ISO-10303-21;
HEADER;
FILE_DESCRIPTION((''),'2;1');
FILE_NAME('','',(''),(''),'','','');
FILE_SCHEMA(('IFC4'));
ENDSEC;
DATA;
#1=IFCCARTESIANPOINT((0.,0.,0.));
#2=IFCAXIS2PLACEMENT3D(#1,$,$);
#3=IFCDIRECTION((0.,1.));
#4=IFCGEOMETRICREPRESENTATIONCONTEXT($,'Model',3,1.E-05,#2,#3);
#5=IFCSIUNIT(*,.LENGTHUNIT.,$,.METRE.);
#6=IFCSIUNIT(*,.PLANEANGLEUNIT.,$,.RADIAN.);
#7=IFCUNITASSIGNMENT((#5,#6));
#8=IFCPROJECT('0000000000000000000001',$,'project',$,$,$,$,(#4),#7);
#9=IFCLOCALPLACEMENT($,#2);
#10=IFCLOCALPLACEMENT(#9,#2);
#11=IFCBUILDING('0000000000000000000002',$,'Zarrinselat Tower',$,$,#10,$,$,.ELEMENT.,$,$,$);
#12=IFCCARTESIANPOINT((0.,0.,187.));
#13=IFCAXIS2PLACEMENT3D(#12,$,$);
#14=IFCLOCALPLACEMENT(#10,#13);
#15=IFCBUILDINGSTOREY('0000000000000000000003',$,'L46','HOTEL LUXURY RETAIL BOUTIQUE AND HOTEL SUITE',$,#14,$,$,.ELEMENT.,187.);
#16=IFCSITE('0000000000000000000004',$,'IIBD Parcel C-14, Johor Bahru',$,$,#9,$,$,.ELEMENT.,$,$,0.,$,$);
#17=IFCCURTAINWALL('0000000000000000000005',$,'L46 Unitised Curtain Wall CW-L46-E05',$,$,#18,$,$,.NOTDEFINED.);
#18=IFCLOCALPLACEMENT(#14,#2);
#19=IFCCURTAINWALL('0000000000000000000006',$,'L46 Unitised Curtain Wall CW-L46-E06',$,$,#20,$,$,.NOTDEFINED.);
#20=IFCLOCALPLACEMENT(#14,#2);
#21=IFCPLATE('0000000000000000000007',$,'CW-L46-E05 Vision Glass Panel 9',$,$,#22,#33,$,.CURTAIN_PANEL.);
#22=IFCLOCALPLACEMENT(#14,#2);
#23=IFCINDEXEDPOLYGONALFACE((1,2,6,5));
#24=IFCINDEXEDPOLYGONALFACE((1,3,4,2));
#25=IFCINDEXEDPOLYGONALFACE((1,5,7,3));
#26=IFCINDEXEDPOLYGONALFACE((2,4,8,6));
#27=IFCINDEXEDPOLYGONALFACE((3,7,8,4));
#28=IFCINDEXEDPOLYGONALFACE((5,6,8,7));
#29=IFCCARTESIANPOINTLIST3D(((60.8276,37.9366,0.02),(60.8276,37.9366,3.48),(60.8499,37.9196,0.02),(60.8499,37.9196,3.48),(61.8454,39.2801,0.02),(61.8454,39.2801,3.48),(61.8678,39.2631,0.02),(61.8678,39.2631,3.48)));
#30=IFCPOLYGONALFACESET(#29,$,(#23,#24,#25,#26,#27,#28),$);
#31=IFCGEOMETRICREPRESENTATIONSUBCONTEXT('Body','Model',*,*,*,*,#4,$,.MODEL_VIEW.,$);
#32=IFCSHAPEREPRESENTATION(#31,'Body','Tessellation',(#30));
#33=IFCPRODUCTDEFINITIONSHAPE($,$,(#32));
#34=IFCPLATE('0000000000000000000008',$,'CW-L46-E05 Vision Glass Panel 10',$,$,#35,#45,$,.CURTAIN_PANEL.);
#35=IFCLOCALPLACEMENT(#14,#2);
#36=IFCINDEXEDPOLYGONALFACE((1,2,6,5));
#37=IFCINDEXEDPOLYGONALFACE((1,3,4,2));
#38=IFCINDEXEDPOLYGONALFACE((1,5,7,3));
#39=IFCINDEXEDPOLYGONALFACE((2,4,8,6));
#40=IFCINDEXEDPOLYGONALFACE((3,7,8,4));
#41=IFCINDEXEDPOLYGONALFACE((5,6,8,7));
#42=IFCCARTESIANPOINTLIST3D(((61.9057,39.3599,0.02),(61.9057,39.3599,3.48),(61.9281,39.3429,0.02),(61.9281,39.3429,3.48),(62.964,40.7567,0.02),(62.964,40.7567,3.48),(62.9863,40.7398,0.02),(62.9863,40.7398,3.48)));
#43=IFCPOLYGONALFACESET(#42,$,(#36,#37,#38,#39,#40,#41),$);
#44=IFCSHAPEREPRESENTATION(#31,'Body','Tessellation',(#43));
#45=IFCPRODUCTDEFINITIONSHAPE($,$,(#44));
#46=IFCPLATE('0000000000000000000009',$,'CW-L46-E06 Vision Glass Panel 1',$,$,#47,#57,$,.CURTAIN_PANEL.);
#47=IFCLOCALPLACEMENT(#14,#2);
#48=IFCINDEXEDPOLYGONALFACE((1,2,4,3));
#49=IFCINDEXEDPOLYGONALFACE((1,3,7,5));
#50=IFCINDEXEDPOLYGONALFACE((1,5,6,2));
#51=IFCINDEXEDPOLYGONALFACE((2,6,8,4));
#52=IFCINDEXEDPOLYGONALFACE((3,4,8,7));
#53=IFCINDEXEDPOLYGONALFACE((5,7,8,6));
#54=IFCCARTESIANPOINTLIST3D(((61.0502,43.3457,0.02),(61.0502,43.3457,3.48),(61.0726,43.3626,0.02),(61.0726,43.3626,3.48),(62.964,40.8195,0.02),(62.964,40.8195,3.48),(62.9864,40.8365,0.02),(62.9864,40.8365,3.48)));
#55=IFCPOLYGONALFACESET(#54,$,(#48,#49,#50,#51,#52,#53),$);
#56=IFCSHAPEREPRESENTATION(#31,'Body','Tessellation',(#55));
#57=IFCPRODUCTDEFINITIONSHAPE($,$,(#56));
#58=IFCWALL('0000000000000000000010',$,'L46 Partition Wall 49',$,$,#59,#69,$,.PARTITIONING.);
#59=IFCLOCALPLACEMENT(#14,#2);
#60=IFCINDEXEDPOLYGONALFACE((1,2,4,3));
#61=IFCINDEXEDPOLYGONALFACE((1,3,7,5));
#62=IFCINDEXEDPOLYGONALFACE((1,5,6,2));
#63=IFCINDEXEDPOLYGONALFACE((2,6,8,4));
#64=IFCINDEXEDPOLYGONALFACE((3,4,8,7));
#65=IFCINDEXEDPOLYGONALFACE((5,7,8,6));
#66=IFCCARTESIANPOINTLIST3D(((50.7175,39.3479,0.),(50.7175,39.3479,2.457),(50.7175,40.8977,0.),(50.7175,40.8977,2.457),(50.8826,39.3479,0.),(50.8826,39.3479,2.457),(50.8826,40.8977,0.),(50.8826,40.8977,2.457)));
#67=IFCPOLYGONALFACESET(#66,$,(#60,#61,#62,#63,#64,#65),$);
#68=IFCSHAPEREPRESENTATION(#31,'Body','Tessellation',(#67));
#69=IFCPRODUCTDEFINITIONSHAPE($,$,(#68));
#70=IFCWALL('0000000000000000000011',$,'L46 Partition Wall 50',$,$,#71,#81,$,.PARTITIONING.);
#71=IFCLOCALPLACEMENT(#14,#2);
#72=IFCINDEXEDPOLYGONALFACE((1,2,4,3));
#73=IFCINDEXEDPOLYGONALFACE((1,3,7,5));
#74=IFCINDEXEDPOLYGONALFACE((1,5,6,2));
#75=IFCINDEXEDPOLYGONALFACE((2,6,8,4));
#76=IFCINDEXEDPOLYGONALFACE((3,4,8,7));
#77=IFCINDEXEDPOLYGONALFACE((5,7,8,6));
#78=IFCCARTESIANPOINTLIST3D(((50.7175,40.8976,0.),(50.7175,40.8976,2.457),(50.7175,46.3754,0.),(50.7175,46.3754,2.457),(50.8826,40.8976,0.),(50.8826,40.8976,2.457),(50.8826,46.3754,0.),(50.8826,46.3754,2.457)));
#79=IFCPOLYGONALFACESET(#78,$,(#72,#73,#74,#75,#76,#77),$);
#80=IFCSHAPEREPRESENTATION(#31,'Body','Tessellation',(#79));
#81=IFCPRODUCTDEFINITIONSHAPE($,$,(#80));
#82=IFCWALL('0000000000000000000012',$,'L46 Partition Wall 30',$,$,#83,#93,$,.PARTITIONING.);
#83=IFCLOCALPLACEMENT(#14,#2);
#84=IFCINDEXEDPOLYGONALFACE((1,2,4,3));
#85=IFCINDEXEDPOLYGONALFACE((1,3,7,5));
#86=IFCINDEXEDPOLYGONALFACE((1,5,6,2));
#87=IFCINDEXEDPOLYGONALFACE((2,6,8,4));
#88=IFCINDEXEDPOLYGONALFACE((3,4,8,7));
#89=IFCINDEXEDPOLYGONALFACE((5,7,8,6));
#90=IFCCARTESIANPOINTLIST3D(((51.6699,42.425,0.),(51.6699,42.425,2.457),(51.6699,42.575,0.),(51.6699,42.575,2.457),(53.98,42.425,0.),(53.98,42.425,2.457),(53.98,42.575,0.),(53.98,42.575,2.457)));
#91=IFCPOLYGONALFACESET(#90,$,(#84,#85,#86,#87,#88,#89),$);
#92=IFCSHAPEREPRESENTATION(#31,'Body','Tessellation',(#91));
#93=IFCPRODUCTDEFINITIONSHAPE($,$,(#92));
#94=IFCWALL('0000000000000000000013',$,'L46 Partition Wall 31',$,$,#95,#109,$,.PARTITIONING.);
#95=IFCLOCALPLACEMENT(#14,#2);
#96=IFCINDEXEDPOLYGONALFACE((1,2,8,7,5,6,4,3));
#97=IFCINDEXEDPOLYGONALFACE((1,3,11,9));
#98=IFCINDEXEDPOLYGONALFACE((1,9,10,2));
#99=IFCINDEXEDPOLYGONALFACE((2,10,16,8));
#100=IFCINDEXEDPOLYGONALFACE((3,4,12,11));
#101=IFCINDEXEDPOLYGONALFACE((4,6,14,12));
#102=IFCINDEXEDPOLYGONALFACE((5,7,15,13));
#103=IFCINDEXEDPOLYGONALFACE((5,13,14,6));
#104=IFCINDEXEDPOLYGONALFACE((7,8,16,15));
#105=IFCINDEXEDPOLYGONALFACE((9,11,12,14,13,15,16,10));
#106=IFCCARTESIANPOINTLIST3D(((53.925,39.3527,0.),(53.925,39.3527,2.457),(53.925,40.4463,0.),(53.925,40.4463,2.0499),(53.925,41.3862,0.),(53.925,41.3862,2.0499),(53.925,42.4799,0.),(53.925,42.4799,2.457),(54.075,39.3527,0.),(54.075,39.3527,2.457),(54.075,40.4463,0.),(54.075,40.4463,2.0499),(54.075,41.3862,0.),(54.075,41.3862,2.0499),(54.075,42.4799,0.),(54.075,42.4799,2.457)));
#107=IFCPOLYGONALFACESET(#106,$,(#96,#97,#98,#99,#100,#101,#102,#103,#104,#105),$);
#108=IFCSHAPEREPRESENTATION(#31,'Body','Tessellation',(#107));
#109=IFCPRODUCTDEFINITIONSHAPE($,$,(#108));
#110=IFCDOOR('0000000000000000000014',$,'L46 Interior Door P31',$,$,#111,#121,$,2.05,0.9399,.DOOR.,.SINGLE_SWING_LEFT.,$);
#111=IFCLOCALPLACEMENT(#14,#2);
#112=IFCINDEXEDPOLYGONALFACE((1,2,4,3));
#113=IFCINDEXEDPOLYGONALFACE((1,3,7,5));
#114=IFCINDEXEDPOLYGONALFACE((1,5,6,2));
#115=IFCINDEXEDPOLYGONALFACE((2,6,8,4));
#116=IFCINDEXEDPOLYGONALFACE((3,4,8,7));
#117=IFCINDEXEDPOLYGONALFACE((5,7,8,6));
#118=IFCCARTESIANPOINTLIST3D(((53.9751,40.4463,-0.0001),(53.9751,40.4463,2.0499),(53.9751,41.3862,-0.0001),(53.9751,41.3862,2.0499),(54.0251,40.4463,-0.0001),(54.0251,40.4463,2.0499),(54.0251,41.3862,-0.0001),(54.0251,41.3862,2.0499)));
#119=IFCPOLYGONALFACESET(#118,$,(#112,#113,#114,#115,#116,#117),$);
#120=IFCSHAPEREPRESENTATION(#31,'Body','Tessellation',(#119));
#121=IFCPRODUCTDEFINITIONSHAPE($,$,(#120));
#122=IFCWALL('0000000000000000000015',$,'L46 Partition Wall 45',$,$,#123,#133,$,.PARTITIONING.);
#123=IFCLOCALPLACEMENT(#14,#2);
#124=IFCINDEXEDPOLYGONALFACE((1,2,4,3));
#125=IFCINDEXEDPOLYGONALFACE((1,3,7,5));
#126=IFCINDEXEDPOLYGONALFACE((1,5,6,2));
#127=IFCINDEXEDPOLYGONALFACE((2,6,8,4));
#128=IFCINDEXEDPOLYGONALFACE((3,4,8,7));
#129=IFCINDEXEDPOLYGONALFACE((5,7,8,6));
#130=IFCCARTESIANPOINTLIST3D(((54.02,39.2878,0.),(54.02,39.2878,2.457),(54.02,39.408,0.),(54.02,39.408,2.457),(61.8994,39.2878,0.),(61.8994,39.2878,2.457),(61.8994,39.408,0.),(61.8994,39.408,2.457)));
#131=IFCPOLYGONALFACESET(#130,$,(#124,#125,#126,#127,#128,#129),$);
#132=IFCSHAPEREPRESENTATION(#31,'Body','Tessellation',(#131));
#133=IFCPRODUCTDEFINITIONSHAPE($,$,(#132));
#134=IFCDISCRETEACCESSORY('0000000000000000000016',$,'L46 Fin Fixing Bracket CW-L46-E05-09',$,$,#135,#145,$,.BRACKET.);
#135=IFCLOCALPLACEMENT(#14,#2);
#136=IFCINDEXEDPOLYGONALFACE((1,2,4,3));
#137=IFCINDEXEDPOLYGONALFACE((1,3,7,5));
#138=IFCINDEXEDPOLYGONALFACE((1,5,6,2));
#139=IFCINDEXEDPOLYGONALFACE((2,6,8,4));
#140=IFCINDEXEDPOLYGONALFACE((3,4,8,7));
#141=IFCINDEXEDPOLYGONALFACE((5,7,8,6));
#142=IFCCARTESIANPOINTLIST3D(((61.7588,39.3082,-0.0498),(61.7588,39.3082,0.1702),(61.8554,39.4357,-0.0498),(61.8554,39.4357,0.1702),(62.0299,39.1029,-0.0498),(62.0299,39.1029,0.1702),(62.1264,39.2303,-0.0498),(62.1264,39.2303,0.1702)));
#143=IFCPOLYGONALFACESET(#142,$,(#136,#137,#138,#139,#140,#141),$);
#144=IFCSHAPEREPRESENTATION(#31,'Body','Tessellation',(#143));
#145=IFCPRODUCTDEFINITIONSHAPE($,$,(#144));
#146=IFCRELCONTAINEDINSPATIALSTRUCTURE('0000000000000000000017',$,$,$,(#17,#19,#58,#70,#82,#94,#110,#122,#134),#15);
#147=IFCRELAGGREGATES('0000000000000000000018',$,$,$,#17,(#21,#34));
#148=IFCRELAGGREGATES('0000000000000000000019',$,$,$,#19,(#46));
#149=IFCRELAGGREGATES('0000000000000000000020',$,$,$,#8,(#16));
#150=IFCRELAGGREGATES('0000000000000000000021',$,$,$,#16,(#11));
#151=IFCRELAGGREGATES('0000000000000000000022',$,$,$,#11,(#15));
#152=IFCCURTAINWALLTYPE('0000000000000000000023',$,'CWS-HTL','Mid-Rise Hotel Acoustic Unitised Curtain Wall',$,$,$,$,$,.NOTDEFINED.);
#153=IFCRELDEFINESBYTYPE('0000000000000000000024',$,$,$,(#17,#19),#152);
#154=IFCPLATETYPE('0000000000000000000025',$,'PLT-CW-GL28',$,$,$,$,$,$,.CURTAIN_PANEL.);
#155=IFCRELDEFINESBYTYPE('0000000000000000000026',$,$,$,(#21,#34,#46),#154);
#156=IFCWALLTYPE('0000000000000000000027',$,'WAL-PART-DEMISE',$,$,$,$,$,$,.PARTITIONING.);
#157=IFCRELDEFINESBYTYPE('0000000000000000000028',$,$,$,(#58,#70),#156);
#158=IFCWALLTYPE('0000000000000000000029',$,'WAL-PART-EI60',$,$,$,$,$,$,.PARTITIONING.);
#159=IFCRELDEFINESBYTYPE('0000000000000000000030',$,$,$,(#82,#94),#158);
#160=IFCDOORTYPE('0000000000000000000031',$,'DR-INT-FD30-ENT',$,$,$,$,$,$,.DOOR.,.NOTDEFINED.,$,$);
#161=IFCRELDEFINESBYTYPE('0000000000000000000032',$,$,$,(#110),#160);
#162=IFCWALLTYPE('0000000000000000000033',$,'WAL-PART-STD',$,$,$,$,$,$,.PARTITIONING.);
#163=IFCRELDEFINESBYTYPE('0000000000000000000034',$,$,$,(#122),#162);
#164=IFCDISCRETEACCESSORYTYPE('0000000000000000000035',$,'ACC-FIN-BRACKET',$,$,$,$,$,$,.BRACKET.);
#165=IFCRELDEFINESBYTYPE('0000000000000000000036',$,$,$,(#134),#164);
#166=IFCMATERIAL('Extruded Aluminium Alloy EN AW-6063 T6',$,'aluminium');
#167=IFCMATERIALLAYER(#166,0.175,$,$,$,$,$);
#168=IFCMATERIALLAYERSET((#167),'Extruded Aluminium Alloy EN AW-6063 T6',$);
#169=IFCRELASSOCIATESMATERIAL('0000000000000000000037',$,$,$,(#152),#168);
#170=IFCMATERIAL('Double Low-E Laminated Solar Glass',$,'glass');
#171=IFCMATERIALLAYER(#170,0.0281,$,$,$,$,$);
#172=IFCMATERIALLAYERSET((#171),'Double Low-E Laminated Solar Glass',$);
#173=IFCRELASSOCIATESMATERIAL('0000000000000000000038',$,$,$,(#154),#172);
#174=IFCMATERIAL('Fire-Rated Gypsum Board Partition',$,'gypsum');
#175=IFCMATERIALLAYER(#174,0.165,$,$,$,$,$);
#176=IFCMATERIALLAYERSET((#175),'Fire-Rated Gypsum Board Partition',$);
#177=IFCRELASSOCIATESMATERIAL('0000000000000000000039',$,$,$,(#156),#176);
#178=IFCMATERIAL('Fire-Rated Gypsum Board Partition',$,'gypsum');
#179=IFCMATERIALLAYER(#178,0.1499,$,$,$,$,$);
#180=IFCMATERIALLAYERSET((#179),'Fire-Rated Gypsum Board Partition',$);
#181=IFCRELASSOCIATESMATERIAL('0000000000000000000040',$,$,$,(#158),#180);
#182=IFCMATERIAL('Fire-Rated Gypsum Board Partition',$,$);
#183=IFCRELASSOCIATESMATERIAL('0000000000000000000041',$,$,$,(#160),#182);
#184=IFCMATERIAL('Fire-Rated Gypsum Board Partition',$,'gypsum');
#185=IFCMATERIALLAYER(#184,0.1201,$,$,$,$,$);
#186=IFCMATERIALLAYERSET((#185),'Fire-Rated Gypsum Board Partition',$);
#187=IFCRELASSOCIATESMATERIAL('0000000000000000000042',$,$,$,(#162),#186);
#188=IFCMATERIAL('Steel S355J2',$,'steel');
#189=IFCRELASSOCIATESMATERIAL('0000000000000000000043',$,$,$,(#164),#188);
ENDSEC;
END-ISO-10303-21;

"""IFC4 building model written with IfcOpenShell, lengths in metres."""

from ifc_helpers import new_model, si_unit, direction, frame, frame_2d, origin, origin_2d, place, context, subcontext, project, spatial, rectangle, extrude, material, layer, layer_set, type_object, element, fill, aggregate, save


model = new_model("IFC4")

# Units and contexts
model_context = context("Model", 3, precision=1e-05, world=origin(), true_north=direction((0.0, 1.0)))
body_context = subcontext(model_context, "Body", "Model", "MODEL_VIEW")
ifc_project = project(units=[si_unit("LENGTHUNIT", "METRE"), si_unit("PLANEANGLEUNIT", "RADIAN")], contexts=[model_context])

# Site, building, storey
site_placement = place(None, origin())
site = spatial("IfcSite", under=ifc_project, at=site_placement, Name="IIBD Parcel C-14, Johor Bahru", CompositionType="ELEMENT", RefElevation=0.0)
building_placement = place(site_placement, origin())
building = spatial("IfcBuilding", under=site, at=building_placement, Name="Zarrinselat Tower", CompositionType="ELEMENT")
storey_placement = place(building_placement, frame((0.0, 0.0, 187.0)))
storey = spatial("IfcBuildingStorey", under=building, at=storey_placement, Name="L46", Description="HOTEL LUXURY RETAIL BOUTIQUE AND HOTEL SUITE", CompositionType="ELEMENT", Elevation=187.0)

# Curtain wall
ifc_material_1 = material(Name="Extruded Aluminium Alloy EN AW-6063 T6", Category="aluminium")
ifc_layer_1 = layer(ifc_material_1, 0.175)
ifc_layer_set_1 = layer_set([ifc_layer_1], Name="Extruded Aluminium Alloy EN AW-6063 T6")
curtain_wall_type = type_object("IfcCurtainWallType", Name="CWS-HTL", Description="Mid-Rise Hotel Acoustic Unitised Curtain Wall", PredefinedType="NOTDEFINED", material=ifc_layer_set_1)
curtain_wall_1_placement = place(storey_placement, origin())
curtain_wall_1 = element("IfcCurtainWall", 1, at=curtain_wall_1_placement, inside=storey, type_object=curtain_wall_type, Name="L46 Unitised Curtain Wall CW-L46-E05", PredefinedType="NOTDEFINED")

# Curtain wall
curtain_wall_2_placement = place(storey_placement, origin())
curtain_wall_2 = element("IfcCurtainWall", 2, at=curtain_wall_2_placement, inside=storey, type_object=curtain_wall_type, Name="L46 Unitised Curtain Wall CW-L46-E06", PredefinedType="NOTDEFINED")

# Plates
ifc_material_2 = material(Name="Double Low-E Laminated Solar Glass", Category="glass")
ifc_layer_2 = layer(ifc_material_2, 0.0281)
ifc_layer_set_2 = layer_set([ifc_layer_2], Name="Double Low-E Laminated Solar Glass")
plate_type = type_object("IfcPlateType", Name="PLT-CW-GL28", PredefinedType="CURTAIN_PANEL", material=ifc_layer_set_2)
plate_1_placement = place(storey_placement, frame((61.3477, 38.5999, 0.02), z_axis=(0.0, 0.0, 1.0), x_axis=(0.603857, 0.797093, 0.0)))
plate_1 = element("IfcPlate", 3, at=plate_1_placement, type_object=plate_type, Name="CW-L46-E05 Vision Glass Panel 9", PredefinedType="CURTAIN_PANEL", context=body_context, shape_type="SweptSolid", body=[
    extrude(rectangle(XDim=1.6855, YDim=0.0281, at=origin_2d()), origin(), (0.0, 0.0, 1.0), 3.46),
])
plate_2_placement = place(storey_placement, frame((62.446, 40.0498, 0.02), z_axis=(0.0, 0.0, 1.0), x_axis=(0.603857, 0.797093, 0.0)))
plate_2 = element("IfcPlate", 4, at=plate_2_placement, type_object=plate_type, Name="CW-L46-E05 Vision Glass Panel 10", PredefinedType="CURTAIN_PANEL", context=body_context, shape_type="SweptSolid", body=[
    extrude(rectangle(XDim=1.7524, YDim=0.0281, at=origin_2d()), origin(), (0.0, 0.0, 1.0), 3.46),
])
aggregate(curtain_wall_1, [plate_1, plate_2])
plate_3_placement = place(storey_placement, frame((62.0183, 42.0911, 0.02), z_axis=(0.0, 0.0, 1.0), x_axis=(-0.603861, 0.79709, 0.0)))
plate_3 = element("IfcPlate", 5, at=plate_3_placement, type_object=plate_type, Name="CW-L46-E06 Vision Glass Panel 1", PredefinedType="CURTAIN_PANEL", context=body_context, shape_type="SweptSolid", body=[
    extrude(rectangle(XDim=3.1692, YDim=0.0281, at=origin_2d()), origin(), (0.0, 0.0, 1.0), 3.46),
])
aggregate(curtain_wall_2, [plate_3])

# Walls
ifc_material_3 = material(Name="Fire-Rated Gypsum Board Partition", Category="gypsum")
ifc_layer_3 = layer(ifc_material_3, 0.165)
ifc_layer_set_3 = layer_set([ifc_layer_3], Name="Fire-Rated Gypsum Board Partition")
wall_type_1 = type_object("IfcWallType", Name="WAL-PART-DEMISE", PredefinedType="PARTITIONING", material=ifc_layer_set_3)
wall_1_placement = place(storey_placement, frame((50.8, 39.3479, 0.0), z_axis=(0.0, 0.0, 1.0), x_axis=(0.0, 1.0, 0.0)))
element("IfcWall", 6, at=wall_1_placement, inside=storey, type_object=wall_type_1, Name="L46 Partition Wall 49", PredefinedType="PARTITIONING", context=body_context, shape_type="SweptSolid", body=[
    extrude(rectangle(XDim=1.5498, YDim=0.165, at=frame_2d((0.7749, 0.0))), origin(), (0.0, 0.0, 1.0), 2.457),
])
wall_2_placement = place(storey_placement, frame((50.8, 40.8977, 0.0), z_axis=(0.0, 0.0, 1.0), x_axis=(0.0, 1.0, 0.0)))
element("IfcWall", 7, at=wall_2_placement, inside=storey, type_object=wall_type_1, Name="L46 Partition Wall 50", PredefinedType="PARTITIONING", context=body_context, shape_type="SweptSolid", body=[
    extrude(rectangle(XDim=5.4778, YDim=0.165, at=frame_2d((2.7388, 0.0))), origin(), (0.0, 0.0, 1.0), 2.457),
])
ifc_material_4 = material(Name="Fire-Rated Gypsum Board Partition", Category="gypsum")
ifc_layer_4 = layer(ifc_material_4, 0.1499)
ifc_layer_set_4 = layer_set([ifc_layer_4], Name="Fire-Rated Gypsum Board Partition")
wall_type_2 = type_object("IfcWallType", Name="WAL-PART-EI60", PredefinedType="PARTITIONING", material=ifc_layer_set_4)
wall_3_placement = place(storey_placement, frame((51.6699, 42.5, 0.0), z_axis=(0.0, 0.0, 1.0), x_axis=(1.0, 0.0, 0.0)))
element("IfcWall", 8, at=wall_3_placement, inside=storey, type_object=wall_type_2, Name="L46 Partition Wall 30", PredefinedType="PARTITIONING", context=body_context, shape_type="SweptSolid", body=[
    extrude(rectangle(XDim=2.3101, YDim=0.1499, at=frame_2d((1.155, 0.0))), origin(), (0.0, 0.0, 1.0), 2.457),
])

# Wall, opening, door
wall_4_placement = place(storey_placement, frame((54.0, 39.3528, 0.0), z_axis=(0.0, 0.0, 1.0), x_axis=(0.0, 1.0, 0.0)))
wall_4 = element("IfcWall", 9, at=wall_4_placement, inside=storey, type_object=wall_type_2, Name="L46 Partition Wall 31", PredefinedType="PARTITIONING", context=body_context, shape_type="SweptSolid", body=[
    extrude(rectangle(XDim=3.1272, YDim=0.1499, at=frame_2d((1.5635, 0.0))), origin(), (0.0, 0.0, 1.0), 2.457),
])
opening_placement = place(wall_4_placement, frame((1.0935, 0.0, 0.0)))
opening = element("IfcOpeningElement", 10, at=opening_placement, cuts=wall_4, PredefinedType="OPENING", context=body_context, shape_type="SweptSolid", body=[
    extrude(rectangle(XDim=0.9399, YDim=2.05, at=frame_2d((0.47, 1.0249))), frame((0.0, 0.085, 0.0), z_axis=(0.0, -1.0, 0.0), x_axis=(1.0, 0.0, 0.0)), (0.0, 0.0, 1.0), 0.1699),
])
ifc_material_5 = material(Name="Fire-Rated Gypsum Board Partition")
door_type = type_object("IfcDoorType", Name="DR-INT-FD30-ENT", OperationType="NOTDEFINED", PredefinedType="DOOR", material=ifc_material_5)
door_placement = place(opening_placement, origin())
door = element("IfcDoor", 11, at=door_placement, inside=storey, type_object=door_type, Name="L46 Interior Door P31", OperationType="SINGLE_SWING_LEFT", OverallHeight=2.05, OverallWidth=0.9399, PredefinedType="DOOR", context=body_context, shape_type="SweptSolid", body=[
    extrude(rectangle(XDim=0.9399, YDim=2.05, at=frame_2d((0.47, 1.0249))), frame((0.0, 0.0249, 0.0), z_axis=(0.0, -1.0, 0.0), x_axis=(1.0, 0.0, 0.0)), (0.0, 0.0, 1.0), 0.05),
])
fill(opening, door)

# Wall
ifc_material_6 = material(Name="Fire-Rated Gypsum Board Partition", Category="gypsum")
ifc_layer_5 = layer(ifc_material_6, 0.1201)
ifc_layer_set_5 = layer_set([ifc_layer_5], Name="Fire-Rated Gypsum Board Partition")
wall_type_3 = type_object("IfcWallType", Name="WAL-PART-STD", PredefinedType="PARTITIONING", material=ifc_layer_set_5)
wall_5_placement = place(storey_placement, frame((54.02, 39.3479, 0.0), z_axis=(0.0, 0.0, 1.0), x_axis=(1.0, 0.0, 0.0)))
element("IfcWall", 12, at=wall_5_placement, inside=storey, type_object=wall_type_3, Name="L46 Partition Wall 45", PredefinedType="PARTITIONING", context=body_context, shape_type="SweptSolid", body=[
    extrude(rectangle(XDim=7.8794, YDim=0.1201, at=frame_2d((3.9397, 0.0))), origin(), (0.0, 0.0, 1.0), 2.457),
])

# Discrete accessory
ifc_material_7 = material(Name="Steel S355J2", Category="steel")
discrete_accessory_type = type_object("IfcDiscreteAccessoryType", Name="ACC-FIN-BRACKET", PredefinedType="BRACKET", material=ifc_material_7)
discrete_accessory_placement = place(storey_placement, frame((61.9426, 39.2693, -0.0498), z_axis=(0.0, 0.0, 1.0), x_axis=(0.797093, -0.603857, 0.0)))
element("IfcDiscreteAccessory", 13, at=discrete_accessory_placement, inside=storey, type_object=discrete_accessory_type, Name="L46 Fin Fixing Bracket CW-L46-E05-09", PredefinedType="BRACKET", context=body_context, shape_type="SweptSolid", body=[
    extrude(rectangle(XDim=0.3401, YDim=0.1599, at=origin_2d()), origin(), (0.0, 0.0, 1.0), 0.22),
])

save(model, "model.ifc")
